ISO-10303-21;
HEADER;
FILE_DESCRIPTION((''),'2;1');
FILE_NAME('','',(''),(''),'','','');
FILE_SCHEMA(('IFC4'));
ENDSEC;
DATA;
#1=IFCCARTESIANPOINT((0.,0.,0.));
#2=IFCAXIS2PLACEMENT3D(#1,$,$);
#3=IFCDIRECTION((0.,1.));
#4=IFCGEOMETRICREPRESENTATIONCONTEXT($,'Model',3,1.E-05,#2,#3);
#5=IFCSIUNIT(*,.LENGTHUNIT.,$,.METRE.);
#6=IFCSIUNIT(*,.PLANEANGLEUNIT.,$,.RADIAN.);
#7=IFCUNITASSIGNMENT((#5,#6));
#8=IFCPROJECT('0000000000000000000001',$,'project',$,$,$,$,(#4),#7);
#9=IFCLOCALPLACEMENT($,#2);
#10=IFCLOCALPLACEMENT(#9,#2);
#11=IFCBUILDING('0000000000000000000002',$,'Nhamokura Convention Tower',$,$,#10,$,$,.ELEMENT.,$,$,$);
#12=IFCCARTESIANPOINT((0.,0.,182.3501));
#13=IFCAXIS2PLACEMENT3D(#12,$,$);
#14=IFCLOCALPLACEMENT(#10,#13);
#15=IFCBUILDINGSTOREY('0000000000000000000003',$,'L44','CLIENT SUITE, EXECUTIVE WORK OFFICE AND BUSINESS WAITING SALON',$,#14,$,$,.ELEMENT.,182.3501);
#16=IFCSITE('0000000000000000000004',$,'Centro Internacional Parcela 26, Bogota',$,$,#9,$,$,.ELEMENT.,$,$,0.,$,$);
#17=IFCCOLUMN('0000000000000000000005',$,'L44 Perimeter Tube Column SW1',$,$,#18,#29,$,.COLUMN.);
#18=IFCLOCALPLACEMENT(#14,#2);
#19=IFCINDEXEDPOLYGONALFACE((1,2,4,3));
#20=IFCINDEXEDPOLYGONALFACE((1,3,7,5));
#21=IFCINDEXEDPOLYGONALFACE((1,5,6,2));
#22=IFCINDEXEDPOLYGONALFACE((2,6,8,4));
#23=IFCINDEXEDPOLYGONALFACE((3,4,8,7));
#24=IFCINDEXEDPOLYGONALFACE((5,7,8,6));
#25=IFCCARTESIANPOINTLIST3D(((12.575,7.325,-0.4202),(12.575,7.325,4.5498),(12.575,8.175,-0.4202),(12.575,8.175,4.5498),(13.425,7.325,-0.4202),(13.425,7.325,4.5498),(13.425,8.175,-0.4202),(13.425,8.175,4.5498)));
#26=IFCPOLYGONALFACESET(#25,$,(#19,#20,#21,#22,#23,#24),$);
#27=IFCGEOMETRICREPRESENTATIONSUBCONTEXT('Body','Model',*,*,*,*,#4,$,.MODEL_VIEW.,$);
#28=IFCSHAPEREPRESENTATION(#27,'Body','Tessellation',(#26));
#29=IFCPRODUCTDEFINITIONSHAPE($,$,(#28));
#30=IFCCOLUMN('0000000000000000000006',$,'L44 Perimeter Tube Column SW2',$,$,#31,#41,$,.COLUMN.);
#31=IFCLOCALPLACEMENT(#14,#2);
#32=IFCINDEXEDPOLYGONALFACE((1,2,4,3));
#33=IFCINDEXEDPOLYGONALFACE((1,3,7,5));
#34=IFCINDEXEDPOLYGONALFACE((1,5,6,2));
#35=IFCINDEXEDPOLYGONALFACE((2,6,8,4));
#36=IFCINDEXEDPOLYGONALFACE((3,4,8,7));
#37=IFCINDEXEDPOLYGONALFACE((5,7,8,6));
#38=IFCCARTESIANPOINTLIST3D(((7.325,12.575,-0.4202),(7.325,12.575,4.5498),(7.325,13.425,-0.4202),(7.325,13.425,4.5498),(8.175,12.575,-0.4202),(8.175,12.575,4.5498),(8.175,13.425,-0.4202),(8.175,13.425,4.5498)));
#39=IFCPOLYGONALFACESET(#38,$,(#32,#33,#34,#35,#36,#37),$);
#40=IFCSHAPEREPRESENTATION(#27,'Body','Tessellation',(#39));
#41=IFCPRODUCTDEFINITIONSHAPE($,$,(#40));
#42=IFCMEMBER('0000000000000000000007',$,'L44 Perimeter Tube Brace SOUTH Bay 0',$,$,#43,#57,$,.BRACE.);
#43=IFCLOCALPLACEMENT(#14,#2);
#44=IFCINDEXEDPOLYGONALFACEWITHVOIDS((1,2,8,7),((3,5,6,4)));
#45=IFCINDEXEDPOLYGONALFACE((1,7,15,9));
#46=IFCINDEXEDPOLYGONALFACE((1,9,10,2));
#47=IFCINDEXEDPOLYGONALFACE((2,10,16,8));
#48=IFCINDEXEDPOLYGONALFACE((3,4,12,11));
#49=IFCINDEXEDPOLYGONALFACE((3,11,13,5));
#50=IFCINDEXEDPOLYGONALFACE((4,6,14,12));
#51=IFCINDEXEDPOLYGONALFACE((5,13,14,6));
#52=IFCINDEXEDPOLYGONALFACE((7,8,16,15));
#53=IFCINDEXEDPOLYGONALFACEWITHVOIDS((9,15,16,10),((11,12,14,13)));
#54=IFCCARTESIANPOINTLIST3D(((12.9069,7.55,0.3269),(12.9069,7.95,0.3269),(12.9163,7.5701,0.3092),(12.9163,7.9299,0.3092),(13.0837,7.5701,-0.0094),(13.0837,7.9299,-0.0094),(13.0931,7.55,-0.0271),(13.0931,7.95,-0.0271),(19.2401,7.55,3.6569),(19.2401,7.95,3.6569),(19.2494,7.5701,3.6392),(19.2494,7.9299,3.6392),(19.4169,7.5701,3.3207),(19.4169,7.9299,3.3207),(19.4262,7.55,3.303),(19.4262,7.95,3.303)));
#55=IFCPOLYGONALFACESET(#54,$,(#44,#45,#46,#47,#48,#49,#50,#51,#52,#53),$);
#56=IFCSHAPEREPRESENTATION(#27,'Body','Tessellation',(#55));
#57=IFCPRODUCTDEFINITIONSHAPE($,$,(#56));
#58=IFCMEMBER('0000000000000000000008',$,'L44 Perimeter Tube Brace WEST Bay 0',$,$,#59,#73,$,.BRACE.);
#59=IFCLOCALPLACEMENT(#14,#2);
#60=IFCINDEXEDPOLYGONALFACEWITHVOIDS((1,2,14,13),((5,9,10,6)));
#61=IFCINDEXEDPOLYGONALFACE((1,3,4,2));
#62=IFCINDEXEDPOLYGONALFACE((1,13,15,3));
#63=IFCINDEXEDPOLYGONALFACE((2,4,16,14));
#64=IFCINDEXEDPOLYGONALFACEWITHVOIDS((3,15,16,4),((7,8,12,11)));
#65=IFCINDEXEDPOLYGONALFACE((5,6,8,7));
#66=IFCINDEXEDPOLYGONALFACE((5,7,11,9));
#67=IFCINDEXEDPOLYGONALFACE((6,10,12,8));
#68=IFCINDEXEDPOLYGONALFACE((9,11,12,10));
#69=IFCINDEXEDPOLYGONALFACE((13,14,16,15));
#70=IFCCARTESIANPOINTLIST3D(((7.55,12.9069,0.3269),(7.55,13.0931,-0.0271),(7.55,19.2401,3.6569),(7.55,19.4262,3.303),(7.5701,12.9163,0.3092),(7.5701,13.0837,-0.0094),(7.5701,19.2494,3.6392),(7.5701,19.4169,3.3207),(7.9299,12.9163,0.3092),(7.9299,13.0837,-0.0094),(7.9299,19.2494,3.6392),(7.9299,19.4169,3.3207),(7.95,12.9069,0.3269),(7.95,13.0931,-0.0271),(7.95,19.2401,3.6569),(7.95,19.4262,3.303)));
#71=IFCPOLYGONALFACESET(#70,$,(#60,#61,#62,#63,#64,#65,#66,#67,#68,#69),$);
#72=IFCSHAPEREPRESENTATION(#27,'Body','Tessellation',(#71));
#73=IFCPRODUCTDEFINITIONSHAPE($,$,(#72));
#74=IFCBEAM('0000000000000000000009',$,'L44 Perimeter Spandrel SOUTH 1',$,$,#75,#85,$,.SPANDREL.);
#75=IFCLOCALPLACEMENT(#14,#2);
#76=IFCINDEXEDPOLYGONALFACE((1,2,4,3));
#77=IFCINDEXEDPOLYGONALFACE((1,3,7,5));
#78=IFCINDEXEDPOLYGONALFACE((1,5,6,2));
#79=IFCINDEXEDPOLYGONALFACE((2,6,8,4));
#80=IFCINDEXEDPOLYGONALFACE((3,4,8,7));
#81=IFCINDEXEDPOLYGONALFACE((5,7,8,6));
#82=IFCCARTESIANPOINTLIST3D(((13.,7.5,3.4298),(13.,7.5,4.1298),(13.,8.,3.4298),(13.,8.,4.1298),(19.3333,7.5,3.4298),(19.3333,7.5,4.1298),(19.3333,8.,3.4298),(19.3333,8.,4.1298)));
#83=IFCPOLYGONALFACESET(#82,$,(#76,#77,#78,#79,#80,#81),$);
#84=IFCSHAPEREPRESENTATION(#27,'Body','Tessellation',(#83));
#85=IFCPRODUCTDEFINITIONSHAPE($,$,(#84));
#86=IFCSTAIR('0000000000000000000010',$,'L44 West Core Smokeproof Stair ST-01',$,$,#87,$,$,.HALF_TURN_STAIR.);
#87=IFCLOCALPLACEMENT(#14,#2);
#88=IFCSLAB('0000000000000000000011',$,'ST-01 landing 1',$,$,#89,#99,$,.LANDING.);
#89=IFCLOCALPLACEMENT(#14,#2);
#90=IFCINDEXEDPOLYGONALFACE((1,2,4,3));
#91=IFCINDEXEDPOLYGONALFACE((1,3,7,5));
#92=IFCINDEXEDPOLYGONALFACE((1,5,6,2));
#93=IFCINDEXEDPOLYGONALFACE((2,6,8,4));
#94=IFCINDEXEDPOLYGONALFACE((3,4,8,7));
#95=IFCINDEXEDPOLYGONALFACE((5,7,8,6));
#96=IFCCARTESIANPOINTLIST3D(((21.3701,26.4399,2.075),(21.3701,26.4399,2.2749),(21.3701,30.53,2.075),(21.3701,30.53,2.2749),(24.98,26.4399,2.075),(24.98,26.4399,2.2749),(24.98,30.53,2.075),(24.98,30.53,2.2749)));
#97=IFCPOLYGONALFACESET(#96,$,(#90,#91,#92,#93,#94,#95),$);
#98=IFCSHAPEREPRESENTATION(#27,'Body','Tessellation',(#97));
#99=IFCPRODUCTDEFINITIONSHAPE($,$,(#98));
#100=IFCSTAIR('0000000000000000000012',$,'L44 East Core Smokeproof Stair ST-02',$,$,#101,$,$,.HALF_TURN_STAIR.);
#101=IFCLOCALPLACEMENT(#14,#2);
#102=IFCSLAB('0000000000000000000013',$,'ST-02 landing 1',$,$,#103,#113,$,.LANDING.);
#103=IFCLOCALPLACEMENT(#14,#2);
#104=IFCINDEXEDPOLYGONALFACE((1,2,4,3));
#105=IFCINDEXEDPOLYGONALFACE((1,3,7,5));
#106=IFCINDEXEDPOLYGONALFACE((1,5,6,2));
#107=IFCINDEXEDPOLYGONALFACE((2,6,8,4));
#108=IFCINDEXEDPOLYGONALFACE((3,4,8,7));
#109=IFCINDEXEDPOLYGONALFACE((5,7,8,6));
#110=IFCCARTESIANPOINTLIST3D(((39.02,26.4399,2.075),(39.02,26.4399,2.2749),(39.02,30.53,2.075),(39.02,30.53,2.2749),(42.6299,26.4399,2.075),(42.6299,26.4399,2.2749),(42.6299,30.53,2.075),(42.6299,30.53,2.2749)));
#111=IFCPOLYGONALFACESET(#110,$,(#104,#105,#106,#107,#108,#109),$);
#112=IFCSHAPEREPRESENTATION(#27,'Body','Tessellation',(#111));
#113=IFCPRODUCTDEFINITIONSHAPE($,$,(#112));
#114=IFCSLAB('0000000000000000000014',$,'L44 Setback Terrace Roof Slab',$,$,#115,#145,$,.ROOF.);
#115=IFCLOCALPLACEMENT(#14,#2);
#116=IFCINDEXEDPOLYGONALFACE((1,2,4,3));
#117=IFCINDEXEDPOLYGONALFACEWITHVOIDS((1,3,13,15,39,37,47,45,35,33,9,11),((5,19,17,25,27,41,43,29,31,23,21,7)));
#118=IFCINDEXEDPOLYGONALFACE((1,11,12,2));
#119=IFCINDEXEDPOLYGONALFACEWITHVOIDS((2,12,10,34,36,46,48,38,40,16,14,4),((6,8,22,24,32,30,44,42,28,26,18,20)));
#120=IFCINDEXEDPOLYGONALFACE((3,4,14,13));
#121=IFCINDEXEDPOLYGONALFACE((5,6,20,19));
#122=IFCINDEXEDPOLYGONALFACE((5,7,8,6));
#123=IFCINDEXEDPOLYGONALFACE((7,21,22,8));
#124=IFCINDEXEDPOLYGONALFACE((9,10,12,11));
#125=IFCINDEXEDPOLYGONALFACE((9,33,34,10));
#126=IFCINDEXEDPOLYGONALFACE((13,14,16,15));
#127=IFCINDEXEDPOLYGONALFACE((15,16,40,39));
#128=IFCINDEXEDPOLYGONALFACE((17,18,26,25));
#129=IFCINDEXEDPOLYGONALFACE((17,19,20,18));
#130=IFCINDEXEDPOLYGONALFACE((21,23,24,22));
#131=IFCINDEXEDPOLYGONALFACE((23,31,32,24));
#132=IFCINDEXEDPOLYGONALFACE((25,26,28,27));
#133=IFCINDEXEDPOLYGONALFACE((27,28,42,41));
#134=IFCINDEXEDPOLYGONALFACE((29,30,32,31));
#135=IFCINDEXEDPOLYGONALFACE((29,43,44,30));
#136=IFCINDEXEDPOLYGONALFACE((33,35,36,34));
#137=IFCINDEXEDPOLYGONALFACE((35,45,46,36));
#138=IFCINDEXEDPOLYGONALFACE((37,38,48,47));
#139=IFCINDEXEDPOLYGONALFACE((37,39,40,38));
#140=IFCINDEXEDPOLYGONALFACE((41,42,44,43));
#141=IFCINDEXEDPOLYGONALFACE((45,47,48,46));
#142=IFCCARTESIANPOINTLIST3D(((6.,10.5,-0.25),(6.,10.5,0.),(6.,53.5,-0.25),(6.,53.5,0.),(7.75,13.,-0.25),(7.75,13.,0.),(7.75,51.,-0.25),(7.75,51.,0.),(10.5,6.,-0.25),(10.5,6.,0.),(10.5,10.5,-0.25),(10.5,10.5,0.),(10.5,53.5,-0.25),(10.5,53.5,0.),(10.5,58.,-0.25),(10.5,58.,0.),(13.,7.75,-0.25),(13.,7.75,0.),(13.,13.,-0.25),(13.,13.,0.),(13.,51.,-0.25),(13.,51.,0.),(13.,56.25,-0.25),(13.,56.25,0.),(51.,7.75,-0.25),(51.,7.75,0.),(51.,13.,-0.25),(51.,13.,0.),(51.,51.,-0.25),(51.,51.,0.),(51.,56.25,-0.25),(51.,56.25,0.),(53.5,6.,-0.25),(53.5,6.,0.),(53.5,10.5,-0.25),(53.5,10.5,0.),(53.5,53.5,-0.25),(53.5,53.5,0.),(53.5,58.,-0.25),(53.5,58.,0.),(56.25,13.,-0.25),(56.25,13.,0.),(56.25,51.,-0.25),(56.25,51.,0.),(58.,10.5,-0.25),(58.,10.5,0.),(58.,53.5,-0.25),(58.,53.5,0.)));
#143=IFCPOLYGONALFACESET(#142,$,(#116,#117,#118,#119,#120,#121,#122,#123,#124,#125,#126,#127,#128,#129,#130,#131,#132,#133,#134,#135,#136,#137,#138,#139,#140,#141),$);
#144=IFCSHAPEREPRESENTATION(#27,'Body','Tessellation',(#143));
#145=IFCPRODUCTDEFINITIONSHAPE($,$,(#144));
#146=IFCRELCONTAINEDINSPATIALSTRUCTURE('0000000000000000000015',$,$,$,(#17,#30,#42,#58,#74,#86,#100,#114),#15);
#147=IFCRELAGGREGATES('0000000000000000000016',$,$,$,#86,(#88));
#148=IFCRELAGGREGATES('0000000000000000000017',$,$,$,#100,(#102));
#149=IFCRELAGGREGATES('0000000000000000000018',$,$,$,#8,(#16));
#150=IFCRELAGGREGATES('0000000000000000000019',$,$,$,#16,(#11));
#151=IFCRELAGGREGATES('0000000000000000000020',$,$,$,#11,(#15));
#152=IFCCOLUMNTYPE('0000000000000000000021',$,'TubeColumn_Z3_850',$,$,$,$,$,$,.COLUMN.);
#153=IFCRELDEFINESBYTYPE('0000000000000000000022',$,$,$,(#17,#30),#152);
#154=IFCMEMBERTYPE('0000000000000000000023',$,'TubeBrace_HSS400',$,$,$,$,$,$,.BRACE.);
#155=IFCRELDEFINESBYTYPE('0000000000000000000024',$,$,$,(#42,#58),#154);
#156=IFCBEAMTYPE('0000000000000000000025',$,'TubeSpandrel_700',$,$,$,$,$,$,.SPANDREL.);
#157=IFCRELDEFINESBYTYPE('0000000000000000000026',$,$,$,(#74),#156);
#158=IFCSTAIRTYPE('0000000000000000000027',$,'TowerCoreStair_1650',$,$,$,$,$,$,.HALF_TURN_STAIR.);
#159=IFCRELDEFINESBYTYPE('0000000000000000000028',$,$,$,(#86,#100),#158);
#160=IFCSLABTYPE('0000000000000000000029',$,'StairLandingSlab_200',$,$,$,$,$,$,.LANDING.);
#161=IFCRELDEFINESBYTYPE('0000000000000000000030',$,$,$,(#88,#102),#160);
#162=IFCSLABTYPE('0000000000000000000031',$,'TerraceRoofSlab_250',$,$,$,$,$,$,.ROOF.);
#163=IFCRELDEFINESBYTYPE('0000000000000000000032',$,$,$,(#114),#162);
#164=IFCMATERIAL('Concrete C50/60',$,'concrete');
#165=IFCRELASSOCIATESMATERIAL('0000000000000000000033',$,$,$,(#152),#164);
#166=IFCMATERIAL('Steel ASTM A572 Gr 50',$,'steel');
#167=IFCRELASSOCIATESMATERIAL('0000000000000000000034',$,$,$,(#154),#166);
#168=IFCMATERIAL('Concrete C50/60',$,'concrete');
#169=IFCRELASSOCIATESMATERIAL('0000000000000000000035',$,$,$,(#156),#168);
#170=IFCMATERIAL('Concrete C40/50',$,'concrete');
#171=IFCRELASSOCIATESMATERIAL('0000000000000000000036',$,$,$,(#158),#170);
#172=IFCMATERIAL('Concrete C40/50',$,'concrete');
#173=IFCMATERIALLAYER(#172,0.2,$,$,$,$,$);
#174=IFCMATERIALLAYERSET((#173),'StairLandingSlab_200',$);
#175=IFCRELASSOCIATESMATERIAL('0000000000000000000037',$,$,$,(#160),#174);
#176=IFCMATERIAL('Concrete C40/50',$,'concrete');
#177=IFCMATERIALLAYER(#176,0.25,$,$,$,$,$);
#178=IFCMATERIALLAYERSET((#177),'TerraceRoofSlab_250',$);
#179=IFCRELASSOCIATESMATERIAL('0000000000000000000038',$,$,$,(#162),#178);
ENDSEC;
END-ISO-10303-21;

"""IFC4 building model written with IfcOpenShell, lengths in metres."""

from ifc_helpers import new_model, si_unit, direction, frame, origin, origin_2d, place, context, subcontext, project, spatial, polyline, rectangle, hollow_rectangle, outline, extrude, material, layer, layer_set, material_profile, profile_set, type_object, element, aggregate, save


model = new_model("IFC4")

# Units and contexts
model_context = context("Model", 3, precision=1e-05, world=origin(), true_north=direction((0.0, 1.0)))
body_context = subcontext(model_context, "Body", "Model", "MODEL_VIEW")
ifc_project = project(units=[si_unit("LENGTHUNIT", "METRE"), si_unit("PLANEANGLEUNIT", "RADIAN")], contexts=[model_context])

# Site, building, storey
site_placement = place(None, origin())
site = spatial("IfcSite", under=ifc_project, at=site_placement, Name="Centro Internacional Parcela 26, Bogota", CompositionType="ELEMENT", RefElevation=0.0)
building_placement = place(site_placement, origin())
building = spatial("IfcBuilding", under=site, at=building_placement, Name="Nhamokura Convention Tower", CompositionType="ELEMENT")
storey_placement = place(building_placement, frame((0.0, 0.0, 182.3501)))
storey = spatial("IfcBuildingStorey", under=building, at=storey_placement, Name="L44", Description="CLIENT SUITE, EXECUTIVE WORK OFFICE AND BUSINESS WAITING SALON", CompositionType="ELEMENT", Elevation=182.3501)

# Columns
ifc_material_1 = material(Name="Concrete C50/60", Category="concrete")
ifc_material_profile_1 = material_profile(ifc_material_1, rectangle(XDim=0.8501, YDim=0.8501, at=origin_2d()))
ifc_profile_set_1 = profile_set([ifc_material_profile_1], Name="Concrete C50/60")
column_type = type_object("IfcColumnType", Name="TubeColumn_Z3_850", PredefinedType="COLUMN", material=ifc_profile_set_1)
for number, where, z_axis, x_axis, name in (
    (1, (13.0, 7.75, -0.4202), (0.0, 0.0, 1.0), (1.0, 0.0, 0.0), "L44 Perimeter Tube Column SW1"),
    (2, (7.75, 13.0, -0.4202), (0.0, 0.0, 1.0), (1.0, 0.0, 0.0), "L44 Perimeter Tube Column SW2"),
):
    element("IfcColumn", number, at=place(storey_placement, frame(where, z_axis=z_axis, x_axis=x_axis)), inside=storey, type_object=column_type, Name=name, PredefinedType="COLUMN", context=body_context, shape_type="SweptSolid", body=[
        extrude(rectangle(XDim=0.8501, YDim=0.8501, at=origin_2d()), origin(), (0.0, 0.0, 1.0), 4.97),
    ])

# Members
ifc_material_2 = material(Name="Steel ASTM A572 Gr 50", Category="steel")
ifc_material_profile_2 = material_profile(ifc_material_2, hollow_rectangle(XDim=0.3999, YDim=0.3999, WallThickness=0.02, at=origin_2d()))
ifc_profile_set_2 = profile_set([ifc_material_profile_2], Name="Steel ASTM A572 Gr 50")
member_type = type_object("IfcMemberType", Name="TubeBrace_HSS400", PredefinedType="BRACE", material=ifc_profile_set_2)
for number, where, z_axis, x_axis, name in (
    (3, (13.0, 7.75, 0.1499), (0.885103, 0.0, 0.465395), (0.0, 1.0, 0.0), "L44 Perimeter Tube Brace SOUTH Bay 0"),
    (4, (7.75, 13.0, 0.1499), (0.0, 0.885103, 0.465395), (-1.0, 0.0, 0.0), "L44 Perimeter Tube Brace WEST Bay 0"),
):
    element("IfcMember", number, at=place(storey_placement, frame(where, z_axis=z_axis, x_axis=x_axis)), inside=storey, type_object=member_type, Name=name, PredefinedType="BRACE", context=body_context, shape_type="SweptSolid", body=[
        extrude(hollow_rectangle(XDim=0.3999, YDim=0.3999, WallThickness=0.02, at=origin_2d()), origin(), (0.0, 0.0, 1.0), 7.1553),
    ])

# Beam
ifc_material_3 = material(Name="Concrete C50/60", Category="concrete")
ifc_material_profile_3 = material_profile(ifc_material_3, rectangle(XDim=0.5, YDim=0.7, at=origin_2d()))
ifc_profile_set_3 = profile_set([ifc_material_profile_3], Name="Concrete C50/60")
beam_type = type_object("IfcBeamType", Name="TubeSpandrel_700", PredefinedType="SPANDREL", material=ifc_profile_set_3)
beam_placement = place(storey_placement, frame((13.0, 7.75, 3.7798), z_axis=(1.0, 0.0, 0.0), x_axis=(0.0, 1.0, 0.0)))
element("IfcBeam", 5, at=beam_placement, inside=storey, type_object=beam_type, Name="L44 Perimeter Spandrel SOUTH 1", PredefinedType="SPANDREL", context=body_context, shape_type="SweptSolid", body=[
    extrude(rectangle(XDim=0.5, YDim=0.7, at=origin_2d()), origin(), (0.0, 0.0, 1.0), 6.3333),
])

# Stairs, slabs
ifc_material_4 = material(Name="Concrete C40/50", Category="concrete")
stair_type = type_object("IfcStairType", Name="TowerCoreStair_1650", PredefinedType="HALF_TURN_STAIR", material=ifc_material_4)
stair_1_placement = place(storey_placement, origin())
stair_1 = element("IfcStair", 6, at=stair_1_placement, inside=storey, type_object=stair_type, Name="L44 West Core Smokeproof Stair ST-01", PredefinedType="HALF_TURN_STAIR")
ifc_material_5 = material(Name="Concrete C40/50", Category="concrete")
ifc_layer_1 = layer(ifc_material_5, 0.2)
ifc_layer_set_1 = layer_set([ifc_layer_1], Name="StairLandingSlab_200")
slab_type_1 = type_object("IfcSlabType", Name="StairLandingSlab_200", PredefinedType="LANDING", material=ifc_layer_set_1)
slab_1_placement = place(storey_placement, frame((0.0, 0.0, 2.075)))
slab_1 = element("IfcSlab", 7, at=slab_1_placement, type_object=slab_type_1, Name="ST-01 landing 1", PredefinedType="LANDING", context=body_context, shape_type="SweptSolid", body=[
    extrude(outline(polyline([(24.98, 26.4399), (24.98, 30.53), (21.3701, 30.53), (21.3701, 26.4399), (24.98, 26.4399)])), origin(), (0.0, 0.0, 1.0), 0.2),
])
aggregate(stair_1, [slab_1])
stair_2_placement = place(storey_placement, origin())
stair_2 = element("IfcStair", 8, at=stair_2_placement, inside=storey, type_object=stair_type, Name="L44 East Core Smokeproof Stair ST-02", PredefinedType="HALF_TURN_STAIR")
slab_2_placement = place(storey_placement, frame((0.0, 0.0, 2.075)))
slab_2 = element("IfcSlab", 9, at=slab_2_placement, type_object=slab_type_1, Name="ST-02 landing 1", PredefinedType="LANDING", context=body_context, shape_type="SweptSolid", body=[
    extrude(outline(polyline([(42.6299, 26.4399), (42.6299, 30.53), (39.02, 30.53), (39.02, 26.4399), (42.6299, 26.4399)])), origin(), (0.0, 0.0, 1.0), 0.2),
])
aggregate(stair_2, [slab_2])

# Slab
ifc_material_6 = material(Name="Concrete C40/50", Category="concrete")
ifc_layer_2 = layer(ifc_material_6, 0.25)
ifc_layer_set_2 = layer_set([ifc_layer_2], Name="TerraceRoofSlab_250")
slab_type_2 = type_object("IfcSlabType", Name="TerraceRoofSlab_250", PredefinedType="ROOF", material=ifc_layer_set_2)
slab_3_placement = place(storey_placement, frame((0.0, 0.0, -0.25)))
element("IfcSlab", 10, at=slab_3_placement, inside=storey, type_object=slab_type_2, Name="L44 Setback Terrace Roof Slab", PredefinedType="ROOF", context=body_context, shape_type="SweptSolid", body=[
    extrude(outline(polyline([(10.5, 6.0), (53.5, 6.0), (53.5, 10.5), (58.0, 10.5), (58.0, 53.5), (53.5, 53.5), (53.5, 58.0), (10.5, 58.0), (10.5, 53.5), (6.0, 53.5), (6.0, 10.5), (10.5, 10.5), (10.5, 6.0)]), holes=[polyline([(13.0, 7.75), (51.0, 7.75), (51.0, 13.0), (56.25, 13.0), (56.25, 51.0), (51.0, 51.0), (51.0, 56.25), (13.0, 56.25), (13.0, 51.0), (7.75, 51.0), (7.75, 13.0), (13.0, 13.0), (13.0, 7.75)])]), origin(), (0.0, 0.0, 1.0), 0.25),
])

save(model, "model.ifc")
